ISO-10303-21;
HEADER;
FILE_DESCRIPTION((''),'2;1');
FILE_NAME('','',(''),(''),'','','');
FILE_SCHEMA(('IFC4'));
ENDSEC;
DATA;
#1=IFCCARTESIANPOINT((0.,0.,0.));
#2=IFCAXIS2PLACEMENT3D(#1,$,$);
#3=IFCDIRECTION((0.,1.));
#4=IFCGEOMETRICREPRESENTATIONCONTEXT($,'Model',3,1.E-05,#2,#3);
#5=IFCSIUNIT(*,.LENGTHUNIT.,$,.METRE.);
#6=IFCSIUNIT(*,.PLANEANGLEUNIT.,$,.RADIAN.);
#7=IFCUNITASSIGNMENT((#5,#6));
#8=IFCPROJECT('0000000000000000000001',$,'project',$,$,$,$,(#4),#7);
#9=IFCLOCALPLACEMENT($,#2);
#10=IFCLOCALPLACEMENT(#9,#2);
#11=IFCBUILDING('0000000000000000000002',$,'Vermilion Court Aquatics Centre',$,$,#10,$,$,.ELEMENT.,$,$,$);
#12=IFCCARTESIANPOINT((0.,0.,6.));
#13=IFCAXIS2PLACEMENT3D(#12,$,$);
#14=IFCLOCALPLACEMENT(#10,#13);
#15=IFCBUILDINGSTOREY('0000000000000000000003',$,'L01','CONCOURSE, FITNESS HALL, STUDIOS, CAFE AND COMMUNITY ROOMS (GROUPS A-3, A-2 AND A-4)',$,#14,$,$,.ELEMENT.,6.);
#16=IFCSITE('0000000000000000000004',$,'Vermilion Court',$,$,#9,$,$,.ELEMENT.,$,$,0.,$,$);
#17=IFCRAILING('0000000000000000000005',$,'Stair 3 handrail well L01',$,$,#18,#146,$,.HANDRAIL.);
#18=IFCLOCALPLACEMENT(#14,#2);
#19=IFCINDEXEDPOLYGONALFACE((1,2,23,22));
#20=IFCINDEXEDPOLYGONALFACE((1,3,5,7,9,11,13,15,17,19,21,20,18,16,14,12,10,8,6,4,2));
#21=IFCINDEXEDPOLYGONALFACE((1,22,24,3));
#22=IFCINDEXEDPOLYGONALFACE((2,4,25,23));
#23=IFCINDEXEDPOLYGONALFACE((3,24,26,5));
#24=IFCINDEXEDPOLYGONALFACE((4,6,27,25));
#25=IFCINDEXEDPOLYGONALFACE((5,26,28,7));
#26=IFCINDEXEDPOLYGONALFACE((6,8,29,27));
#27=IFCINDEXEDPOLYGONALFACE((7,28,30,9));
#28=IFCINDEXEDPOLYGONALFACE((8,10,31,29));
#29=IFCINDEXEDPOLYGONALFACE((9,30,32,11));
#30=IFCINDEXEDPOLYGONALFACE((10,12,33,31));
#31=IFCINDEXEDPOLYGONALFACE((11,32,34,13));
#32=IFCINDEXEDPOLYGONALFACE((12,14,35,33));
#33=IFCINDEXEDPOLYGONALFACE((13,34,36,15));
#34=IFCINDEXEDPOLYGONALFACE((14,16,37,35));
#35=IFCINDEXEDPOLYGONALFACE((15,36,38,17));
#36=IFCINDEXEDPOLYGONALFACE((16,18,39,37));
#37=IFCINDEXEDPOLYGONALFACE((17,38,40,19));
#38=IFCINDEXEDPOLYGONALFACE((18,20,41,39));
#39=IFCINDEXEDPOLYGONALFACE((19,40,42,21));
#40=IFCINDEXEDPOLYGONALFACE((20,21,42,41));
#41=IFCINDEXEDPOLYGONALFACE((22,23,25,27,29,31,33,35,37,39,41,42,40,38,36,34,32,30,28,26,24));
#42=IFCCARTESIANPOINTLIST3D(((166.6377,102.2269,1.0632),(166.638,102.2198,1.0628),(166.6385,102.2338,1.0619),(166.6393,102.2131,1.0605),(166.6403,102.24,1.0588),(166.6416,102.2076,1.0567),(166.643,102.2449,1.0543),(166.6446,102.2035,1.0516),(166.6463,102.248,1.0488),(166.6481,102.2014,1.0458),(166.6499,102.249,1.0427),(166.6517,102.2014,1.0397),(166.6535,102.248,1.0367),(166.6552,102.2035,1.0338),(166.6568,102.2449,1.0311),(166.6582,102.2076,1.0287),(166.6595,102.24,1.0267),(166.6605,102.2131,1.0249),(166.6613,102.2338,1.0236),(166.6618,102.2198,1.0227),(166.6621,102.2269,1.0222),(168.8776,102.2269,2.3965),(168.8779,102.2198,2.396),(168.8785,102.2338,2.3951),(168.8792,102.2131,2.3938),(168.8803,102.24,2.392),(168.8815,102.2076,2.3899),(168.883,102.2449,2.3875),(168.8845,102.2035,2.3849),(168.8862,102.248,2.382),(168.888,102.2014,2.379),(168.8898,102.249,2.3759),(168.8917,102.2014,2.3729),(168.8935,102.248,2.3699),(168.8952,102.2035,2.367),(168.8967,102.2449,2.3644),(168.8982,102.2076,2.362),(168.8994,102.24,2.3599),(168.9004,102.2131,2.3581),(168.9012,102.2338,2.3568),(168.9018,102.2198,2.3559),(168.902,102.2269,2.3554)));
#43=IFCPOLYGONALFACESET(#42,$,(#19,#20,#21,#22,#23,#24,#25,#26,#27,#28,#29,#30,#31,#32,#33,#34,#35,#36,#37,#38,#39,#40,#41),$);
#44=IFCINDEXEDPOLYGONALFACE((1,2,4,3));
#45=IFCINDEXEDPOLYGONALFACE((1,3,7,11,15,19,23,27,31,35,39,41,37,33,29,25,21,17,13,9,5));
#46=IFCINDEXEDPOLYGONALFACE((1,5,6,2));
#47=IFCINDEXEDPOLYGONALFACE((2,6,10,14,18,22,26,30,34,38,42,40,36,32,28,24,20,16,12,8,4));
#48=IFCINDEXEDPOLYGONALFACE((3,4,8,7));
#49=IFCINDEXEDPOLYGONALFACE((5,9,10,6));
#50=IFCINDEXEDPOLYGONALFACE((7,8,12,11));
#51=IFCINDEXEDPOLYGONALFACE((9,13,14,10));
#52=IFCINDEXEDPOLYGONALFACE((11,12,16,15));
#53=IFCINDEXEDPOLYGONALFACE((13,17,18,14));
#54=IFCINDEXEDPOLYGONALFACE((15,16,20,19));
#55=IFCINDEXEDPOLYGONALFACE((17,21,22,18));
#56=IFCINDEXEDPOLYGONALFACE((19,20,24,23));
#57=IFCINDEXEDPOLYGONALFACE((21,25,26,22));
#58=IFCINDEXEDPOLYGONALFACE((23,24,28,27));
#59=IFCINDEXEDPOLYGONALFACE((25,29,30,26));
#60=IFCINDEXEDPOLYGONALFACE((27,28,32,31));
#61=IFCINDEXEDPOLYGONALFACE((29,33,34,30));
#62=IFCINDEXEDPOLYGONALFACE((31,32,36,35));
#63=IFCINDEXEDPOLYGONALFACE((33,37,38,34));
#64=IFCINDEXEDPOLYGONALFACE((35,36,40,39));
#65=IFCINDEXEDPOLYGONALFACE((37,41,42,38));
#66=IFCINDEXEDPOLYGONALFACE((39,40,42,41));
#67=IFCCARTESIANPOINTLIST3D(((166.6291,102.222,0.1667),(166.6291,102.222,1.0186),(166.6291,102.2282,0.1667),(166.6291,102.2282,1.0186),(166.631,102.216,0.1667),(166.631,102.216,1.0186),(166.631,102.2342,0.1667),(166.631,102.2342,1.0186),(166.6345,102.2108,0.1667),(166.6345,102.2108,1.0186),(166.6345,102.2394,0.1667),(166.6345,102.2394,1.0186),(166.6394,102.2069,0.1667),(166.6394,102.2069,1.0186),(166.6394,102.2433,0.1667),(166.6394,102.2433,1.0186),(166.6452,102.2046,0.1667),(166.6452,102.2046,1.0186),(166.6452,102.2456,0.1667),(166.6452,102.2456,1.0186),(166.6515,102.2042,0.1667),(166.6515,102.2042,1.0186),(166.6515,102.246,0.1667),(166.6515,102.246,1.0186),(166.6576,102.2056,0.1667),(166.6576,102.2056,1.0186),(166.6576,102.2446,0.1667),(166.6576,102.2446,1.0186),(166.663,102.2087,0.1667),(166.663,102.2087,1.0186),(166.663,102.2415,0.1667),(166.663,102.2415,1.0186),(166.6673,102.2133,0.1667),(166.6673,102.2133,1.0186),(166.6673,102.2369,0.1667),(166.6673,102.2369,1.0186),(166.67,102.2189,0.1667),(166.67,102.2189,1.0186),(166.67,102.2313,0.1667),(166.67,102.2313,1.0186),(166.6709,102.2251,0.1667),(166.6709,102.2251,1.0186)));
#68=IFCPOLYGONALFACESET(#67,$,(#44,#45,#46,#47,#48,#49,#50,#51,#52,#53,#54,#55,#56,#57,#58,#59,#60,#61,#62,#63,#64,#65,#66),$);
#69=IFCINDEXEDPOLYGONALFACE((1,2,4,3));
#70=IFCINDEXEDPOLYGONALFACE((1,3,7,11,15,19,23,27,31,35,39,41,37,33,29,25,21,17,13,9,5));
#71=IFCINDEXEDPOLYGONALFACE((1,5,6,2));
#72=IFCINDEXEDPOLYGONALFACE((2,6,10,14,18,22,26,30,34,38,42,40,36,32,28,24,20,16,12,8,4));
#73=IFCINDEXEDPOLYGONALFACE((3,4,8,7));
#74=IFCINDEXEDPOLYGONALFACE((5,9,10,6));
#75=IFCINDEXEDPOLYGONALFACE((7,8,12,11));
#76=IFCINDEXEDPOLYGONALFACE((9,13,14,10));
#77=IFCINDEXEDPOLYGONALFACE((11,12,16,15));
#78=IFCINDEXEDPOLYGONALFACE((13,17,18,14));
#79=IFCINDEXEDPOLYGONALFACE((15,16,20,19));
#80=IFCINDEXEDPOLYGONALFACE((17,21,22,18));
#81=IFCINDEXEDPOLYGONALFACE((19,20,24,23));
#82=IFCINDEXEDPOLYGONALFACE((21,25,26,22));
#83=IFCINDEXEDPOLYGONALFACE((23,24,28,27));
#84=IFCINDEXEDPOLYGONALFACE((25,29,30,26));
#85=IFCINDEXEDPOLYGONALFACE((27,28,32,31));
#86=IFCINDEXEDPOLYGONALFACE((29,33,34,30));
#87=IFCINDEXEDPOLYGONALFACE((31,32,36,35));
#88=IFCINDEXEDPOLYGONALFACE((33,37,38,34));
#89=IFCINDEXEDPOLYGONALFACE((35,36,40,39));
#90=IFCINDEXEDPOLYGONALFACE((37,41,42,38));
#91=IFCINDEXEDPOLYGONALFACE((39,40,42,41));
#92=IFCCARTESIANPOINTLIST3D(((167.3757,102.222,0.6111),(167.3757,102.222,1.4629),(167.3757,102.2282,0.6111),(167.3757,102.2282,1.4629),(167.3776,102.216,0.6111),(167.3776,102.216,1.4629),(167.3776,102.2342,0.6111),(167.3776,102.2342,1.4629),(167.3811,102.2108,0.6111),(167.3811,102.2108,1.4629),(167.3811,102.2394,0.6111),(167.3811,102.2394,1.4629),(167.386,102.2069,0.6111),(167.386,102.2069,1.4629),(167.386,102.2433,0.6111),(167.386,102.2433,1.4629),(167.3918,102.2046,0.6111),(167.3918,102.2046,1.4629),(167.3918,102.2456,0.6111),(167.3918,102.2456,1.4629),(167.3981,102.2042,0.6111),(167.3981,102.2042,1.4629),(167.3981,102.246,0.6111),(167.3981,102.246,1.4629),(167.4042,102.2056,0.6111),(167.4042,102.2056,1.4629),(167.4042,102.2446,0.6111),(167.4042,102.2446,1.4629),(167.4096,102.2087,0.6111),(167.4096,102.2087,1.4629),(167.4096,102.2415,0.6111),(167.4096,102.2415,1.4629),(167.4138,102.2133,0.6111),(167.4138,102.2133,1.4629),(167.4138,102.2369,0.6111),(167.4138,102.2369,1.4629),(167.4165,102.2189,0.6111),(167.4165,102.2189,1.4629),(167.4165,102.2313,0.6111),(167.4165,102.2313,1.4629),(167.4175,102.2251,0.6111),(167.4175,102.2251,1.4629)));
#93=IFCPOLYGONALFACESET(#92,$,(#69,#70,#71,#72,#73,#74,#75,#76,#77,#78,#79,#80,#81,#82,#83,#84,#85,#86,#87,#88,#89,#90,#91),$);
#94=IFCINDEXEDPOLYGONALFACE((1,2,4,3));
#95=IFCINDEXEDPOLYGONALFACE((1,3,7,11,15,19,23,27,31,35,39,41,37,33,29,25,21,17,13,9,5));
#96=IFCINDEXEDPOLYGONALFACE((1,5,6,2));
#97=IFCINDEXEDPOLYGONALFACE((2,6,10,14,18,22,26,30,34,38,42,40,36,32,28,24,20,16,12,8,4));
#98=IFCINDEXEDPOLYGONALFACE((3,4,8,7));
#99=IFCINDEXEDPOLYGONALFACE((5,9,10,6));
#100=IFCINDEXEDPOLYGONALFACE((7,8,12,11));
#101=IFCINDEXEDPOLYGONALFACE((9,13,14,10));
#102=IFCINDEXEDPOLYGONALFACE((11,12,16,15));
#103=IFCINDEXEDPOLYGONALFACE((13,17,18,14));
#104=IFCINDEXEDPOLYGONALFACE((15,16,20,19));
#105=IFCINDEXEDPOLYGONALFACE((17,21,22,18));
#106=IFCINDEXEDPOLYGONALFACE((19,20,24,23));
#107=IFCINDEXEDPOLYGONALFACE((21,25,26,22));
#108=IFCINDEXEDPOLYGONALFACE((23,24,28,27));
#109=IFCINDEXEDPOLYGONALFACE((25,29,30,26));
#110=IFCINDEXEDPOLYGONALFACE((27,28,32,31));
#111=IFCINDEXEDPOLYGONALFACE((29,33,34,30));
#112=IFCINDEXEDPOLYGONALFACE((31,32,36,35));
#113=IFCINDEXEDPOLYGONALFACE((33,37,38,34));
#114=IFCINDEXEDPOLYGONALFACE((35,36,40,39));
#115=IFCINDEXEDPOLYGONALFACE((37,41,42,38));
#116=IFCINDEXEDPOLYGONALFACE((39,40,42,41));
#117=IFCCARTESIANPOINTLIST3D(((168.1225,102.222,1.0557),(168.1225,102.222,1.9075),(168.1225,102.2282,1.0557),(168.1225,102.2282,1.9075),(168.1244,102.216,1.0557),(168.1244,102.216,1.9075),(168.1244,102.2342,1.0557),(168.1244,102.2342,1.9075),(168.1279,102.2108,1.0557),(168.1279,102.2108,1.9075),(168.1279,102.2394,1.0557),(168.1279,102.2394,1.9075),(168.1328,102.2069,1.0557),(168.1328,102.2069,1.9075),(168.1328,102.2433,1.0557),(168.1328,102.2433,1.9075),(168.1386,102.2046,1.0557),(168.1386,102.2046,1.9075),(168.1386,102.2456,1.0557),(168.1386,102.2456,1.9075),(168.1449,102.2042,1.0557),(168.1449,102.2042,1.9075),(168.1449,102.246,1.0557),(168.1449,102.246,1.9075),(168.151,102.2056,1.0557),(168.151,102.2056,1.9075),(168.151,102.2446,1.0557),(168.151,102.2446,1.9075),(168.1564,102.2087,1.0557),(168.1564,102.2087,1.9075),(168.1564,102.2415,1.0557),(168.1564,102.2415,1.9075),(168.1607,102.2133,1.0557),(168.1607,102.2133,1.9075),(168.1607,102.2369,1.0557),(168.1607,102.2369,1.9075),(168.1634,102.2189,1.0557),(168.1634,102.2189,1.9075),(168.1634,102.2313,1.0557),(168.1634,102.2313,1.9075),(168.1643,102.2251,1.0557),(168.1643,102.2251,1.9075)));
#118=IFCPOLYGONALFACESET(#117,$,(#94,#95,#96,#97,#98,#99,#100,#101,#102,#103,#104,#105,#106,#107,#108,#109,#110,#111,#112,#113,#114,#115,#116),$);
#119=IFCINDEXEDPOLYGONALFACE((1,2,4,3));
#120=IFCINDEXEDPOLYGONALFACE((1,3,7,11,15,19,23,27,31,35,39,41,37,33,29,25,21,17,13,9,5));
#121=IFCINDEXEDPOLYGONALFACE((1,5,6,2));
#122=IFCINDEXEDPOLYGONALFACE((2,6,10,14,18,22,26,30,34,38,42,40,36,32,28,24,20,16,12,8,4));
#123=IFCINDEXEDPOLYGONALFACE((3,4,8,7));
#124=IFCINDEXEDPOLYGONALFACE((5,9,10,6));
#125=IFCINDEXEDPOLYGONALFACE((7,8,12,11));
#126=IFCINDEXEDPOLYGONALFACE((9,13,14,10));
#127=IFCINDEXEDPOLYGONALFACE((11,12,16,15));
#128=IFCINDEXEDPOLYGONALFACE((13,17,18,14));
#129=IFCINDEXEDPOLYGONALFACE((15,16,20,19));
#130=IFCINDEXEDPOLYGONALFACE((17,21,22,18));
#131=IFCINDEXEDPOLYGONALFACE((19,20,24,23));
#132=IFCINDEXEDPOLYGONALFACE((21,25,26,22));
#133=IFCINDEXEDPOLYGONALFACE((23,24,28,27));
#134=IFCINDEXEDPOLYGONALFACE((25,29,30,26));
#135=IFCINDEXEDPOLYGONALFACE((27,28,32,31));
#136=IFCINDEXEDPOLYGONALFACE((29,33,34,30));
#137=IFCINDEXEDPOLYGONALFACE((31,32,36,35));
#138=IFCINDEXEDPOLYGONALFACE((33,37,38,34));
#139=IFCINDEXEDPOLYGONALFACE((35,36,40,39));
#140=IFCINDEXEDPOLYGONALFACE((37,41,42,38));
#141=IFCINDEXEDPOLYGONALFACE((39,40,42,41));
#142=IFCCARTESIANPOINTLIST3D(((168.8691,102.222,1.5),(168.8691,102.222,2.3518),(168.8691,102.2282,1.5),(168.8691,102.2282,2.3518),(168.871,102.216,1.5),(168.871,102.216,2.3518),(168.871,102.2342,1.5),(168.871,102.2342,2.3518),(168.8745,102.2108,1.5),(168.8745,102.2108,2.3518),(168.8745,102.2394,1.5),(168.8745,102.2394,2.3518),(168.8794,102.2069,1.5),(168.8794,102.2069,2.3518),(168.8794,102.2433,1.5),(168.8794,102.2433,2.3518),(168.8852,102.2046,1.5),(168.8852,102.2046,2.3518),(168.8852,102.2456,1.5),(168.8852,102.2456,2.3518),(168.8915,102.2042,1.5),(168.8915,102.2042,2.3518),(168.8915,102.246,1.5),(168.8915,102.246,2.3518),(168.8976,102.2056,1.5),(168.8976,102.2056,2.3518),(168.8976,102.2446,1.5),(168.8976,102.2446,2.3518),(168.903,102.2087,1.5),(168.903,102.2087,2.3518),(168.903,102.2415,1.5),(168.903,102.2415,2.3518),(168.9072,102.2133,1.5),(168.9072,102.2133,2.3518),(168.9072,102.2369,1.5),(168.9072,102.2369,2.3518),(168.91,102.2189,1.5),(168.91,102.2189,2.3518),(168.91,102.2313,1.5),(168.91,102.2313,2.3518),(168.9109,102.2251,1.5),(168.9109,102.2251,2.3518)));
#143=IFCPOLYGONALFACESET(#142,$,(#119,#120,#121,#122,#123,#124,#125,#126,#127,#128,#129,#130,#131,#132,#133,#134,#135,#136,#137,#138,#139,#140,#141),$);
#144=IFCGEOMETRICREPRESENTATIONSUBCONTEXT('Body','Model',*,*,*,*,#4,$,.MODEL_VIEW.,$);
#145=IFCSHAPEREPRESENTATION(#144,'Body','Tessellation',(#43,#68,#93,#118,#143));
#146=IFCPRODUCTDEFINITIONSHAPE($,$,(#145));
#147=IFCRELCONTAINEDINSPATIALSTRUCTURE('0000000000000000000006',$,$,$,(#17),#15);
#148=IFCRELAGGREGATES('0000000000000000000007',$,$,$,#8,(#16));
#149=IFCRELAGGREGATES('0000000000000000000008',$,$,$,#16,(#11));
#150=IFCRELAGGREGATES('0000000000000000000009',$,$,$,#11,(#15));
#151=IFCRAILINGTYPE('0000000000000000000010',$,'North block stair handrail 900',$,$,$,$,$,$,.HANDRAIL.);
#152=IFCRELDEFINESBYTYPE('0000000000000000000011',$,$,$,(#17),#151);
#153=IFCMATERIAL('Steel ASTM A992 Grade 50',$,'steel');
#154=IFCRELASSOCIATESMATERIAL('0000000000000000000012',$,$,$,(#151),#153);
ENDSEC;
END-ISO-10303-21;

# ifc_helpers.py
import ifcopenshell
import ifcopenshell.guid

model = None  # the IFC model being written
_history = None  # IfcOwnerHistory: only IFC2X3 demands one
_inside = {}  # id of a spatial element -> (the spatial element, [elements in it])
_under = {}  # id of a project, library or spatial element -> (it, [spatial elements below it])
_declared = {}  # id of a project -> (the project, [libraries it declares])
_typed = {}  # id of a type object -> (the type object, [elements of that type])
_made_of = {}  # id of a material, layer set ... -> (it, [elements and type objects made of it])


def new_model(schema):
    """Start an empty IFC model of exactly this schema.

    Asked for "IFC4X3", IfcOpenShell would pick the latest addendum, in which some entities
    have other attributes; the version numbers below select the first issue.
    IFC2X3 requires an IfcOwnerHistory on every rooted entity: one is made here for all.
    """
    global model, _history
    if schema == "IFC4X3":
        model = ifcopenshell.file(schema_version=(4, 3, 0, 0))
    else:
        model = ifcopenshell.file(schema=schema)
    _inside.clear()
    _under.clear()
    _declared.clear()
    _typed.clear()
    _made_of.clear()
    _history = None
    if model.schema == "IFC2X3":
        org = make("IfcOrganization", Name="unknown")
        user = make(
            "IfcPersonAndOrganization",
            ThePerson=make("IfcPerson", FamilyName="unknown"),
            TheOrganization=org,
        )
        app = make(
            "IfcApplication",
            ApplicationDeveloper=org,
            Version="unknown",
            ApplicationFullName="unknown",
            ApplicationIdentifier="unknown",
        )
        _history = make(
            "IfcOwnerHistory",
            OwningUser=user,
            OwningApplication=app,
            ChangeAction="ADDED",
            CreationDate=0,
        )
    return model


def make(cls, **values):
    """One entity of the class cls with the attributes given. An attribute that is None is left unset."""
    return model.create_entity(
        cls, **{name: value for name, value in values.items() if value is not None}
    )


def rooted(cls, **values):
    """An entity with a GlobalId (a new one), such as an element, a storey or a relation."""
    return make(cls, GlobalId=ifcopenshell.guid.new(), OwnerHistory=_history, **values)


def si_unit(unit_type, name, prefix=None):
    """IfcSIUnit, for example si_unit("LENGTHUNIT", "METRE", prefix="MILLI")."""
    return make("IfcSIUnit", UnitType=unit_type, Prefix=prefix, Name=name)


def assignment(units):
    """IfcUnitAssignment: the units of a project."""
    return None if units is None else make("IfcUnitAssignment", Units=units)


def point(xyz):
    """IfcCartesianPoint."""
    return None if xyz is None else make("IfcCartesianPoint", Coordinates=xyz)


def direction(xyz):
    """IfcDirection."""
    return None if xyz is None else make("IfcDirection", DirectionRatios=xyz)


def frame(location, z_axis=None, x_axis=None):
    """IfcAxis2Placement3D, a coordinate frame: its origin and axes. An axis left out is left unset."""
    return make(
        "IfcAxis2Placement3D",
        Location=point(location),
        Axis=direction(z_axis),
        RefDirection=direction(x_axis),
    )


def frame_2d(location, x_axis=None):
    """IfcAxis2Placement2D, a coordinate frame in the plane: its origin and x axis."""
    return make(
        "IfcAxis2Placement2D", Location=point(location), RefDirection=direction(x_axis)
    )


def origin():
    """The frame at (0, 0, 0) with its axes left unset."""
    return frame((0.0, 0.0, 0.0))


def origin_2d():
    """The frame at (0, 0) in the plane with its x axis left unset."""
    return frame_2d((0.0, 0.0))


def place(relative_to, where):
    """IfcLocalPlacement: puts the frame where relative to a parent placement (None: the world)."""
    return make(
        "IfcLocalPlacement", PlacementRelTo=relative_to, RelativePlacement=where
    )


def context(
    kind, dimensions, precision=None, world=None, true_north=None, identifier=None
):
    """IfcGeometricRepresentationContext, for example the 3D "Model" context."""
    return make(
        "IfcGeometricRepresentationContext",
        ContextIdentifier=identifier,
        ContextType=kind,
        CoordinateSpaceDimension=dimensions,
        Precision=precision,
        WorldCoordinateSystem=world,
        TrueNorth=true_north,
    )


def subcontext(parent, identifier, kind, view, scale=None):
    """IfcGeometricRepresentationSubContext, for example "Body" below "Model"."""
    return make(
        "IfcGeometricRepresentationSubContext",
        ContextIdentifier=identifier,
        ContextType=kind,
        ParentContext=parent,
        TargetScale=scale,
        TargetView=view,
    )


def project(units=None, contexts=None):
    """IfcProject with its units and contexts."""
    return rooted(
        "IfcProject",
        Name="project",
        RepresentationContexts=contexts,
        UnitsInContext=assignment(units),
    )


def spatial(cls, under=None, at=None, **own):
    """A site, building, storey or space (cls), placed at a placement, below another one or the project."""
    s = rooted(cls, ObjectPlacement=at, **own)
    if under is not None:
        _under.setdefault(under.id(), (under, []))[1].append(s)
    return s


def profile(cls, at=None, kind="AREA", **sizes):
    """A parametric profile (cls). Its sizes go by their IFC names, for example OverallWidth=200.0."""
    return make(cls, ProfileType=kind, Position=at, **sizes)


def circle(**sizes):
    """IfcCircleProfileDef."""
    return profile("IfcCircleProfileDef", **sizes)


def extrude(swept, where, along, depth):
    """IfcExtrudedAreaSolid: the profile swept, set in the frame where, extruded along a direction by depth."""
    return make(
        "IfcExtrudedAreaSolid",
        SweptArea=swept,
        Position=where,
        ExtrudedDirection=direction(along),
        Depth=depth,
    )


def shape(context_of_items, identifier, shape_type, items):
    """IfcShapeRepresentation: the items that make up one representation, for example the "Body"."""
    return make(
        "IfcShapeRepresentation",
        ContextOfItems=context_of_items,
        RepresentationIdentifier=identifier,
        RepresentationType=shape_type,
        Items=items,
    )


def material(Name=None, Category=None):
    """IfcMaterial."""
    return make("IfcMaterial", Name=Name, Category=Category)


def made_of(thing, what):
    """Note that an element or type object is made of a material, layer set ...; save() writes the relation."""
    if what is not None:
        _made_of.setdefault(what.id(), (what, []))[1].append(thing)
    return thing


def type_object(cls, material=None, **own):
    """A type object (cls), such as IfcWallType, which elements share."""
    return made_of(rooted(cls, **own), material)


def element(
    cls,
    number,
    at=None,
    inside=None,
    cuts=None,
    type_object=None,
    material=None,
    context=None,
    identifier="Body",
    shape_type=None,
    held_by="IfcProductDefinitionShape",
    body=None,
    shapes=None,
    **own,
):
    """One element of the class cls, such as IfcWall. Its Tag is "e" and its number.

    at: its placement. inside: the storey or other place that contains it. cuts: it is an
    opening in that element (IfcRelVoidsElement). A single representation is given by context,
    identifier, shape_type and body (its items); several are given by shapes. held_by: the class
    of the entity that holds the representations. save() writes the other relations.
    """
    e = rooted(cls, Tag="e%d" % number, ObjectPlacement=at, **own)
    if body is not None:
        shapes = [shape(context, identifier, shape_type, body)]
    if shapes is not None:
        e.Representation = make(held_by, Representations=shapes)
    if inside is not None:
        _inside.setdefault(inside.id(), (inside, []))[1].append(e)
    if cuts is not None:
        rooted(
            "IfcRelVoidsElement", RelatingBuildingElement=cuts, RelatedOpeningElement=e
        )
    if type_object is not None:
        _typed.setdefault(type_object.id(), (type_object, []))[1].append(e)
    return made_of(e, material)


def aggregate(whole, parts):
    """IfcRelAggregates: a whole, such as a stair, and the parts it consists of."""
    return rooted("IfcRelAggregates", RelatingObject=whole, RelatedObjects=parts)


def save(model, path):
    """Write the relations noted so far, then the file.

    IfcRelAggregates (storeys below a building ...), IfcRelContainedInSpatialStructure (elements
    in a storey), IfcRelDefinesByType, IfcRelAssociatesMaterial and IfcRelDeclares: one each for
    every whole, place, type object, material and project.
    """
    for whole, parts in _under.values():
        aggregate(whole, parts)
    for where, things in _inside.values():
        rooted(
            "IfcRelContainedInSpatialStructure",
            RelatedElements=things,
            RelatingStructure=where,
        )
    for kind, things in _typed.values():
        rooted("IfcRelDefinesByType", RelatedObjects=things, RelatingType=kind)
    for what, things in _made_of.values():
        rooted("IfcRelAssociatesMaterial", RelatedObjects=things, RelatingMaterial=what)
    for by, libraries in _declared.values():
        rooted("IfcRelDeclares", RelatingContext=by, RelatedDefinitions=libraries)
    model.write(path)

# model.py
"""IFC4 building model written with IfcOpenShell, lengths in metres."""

from ifc_helpers import new_model, si_unit, direction, frame, origin, origin_2d, place, context, subcontext, project, spatial, circle, extrude, material, type_object, element, save


model = new_model("IFC4")

# Units and contexts
model_context = context("Model", 3, precision=1e-05, world=origin(), true_north=direction((0.0, 1.0)))
body_context = subcontext(model_context, "Body", "Model", "MODEL_VIEW")
ifc_project = project(units=[si_unit("LENGTHUNIT", "METRE"), si_unit("PLANEANGLEUNIT", "RADIAN")], contexts=[model_context])

# Site, building, storey
site_placement = place(None, origin())
site = spatial("IfcSite", under=ifc_project, at=site_placement, Name="Vermilion Court", CompositionType="ELEMENT", RefElevation=0.0)
building_placement = place(site_placement, origin())
building = spatial("IfcBuilding", under=site, at=building_placement, Name="Vermilion Court Aquatics Centre", CompositionType="ELEMENT")
storey_placement = place(building_placement, frame((0.0, 0.0, 6.0)))
storey = spatial("IfcBuildingStorey", under=building, at=storey_placement, Name="L01", Description="CONCOURSE, FITNESS HALL, STUDIOS, CAFE AND COMMUNITY ROOMS (GROUPS A-3, A-2 AND A-4)", CompositionType="ELEMENT", Elevation=6.0)

# Railing
ifc_material_1 = material(Name="Steel ASTM A992 Grade 50", Category="steel")
railing_type_1 = type_object("IfcRailingType", Name="North block stair handrail 900", PredefinedType="HANDRAIL", material=ifc_material_1)
for number, where, name in (
    (1, (166.6499, 102.2251, 0.1667), "Stair 3 handrail well L01"),
):
    element("IfcRailing", number, at=place(storey_placement, frame(where)), inside=storey, type_object=railing_type_1, Name=name, PredefinedType="HANDRAIL", context=body_context, shape_type="SweptSolid", body=[
        extrude(circle(Radius=0.0239, at=origin_2d()), frame((0.0, 0.0, 0.876), z_axis=(0.859306, 0.0, 0.511462), x_axis=(0.0, 1.0, 0.0)), (0.0, 0.0, 1.0), 2.6067),
        extrude(circle(Radius=0.021, at=origin_2d()), origin(), (0.0, 0.0, 1.0), 0.8518),
        extrude(circle(Radius=0.021, at=origin_2d()), frame((0.7466, 0.0, 0.4443)), (0.0, 0.0, 1.0), 0.8518),
        extrude(circle(Radius=0.021, at=origin_2d()), frame((1.4934, 0.0, 0.8889)), (0.0, 0.0, 1.0), 0.8518),
        extrude(circle(Radius=0.021, at=origin_2d()), frame((2.24, 0.0, 1.3333)), (0.0, 0.0, 1.0), 0.8518),
    ])

save(model, "model.ifc")
